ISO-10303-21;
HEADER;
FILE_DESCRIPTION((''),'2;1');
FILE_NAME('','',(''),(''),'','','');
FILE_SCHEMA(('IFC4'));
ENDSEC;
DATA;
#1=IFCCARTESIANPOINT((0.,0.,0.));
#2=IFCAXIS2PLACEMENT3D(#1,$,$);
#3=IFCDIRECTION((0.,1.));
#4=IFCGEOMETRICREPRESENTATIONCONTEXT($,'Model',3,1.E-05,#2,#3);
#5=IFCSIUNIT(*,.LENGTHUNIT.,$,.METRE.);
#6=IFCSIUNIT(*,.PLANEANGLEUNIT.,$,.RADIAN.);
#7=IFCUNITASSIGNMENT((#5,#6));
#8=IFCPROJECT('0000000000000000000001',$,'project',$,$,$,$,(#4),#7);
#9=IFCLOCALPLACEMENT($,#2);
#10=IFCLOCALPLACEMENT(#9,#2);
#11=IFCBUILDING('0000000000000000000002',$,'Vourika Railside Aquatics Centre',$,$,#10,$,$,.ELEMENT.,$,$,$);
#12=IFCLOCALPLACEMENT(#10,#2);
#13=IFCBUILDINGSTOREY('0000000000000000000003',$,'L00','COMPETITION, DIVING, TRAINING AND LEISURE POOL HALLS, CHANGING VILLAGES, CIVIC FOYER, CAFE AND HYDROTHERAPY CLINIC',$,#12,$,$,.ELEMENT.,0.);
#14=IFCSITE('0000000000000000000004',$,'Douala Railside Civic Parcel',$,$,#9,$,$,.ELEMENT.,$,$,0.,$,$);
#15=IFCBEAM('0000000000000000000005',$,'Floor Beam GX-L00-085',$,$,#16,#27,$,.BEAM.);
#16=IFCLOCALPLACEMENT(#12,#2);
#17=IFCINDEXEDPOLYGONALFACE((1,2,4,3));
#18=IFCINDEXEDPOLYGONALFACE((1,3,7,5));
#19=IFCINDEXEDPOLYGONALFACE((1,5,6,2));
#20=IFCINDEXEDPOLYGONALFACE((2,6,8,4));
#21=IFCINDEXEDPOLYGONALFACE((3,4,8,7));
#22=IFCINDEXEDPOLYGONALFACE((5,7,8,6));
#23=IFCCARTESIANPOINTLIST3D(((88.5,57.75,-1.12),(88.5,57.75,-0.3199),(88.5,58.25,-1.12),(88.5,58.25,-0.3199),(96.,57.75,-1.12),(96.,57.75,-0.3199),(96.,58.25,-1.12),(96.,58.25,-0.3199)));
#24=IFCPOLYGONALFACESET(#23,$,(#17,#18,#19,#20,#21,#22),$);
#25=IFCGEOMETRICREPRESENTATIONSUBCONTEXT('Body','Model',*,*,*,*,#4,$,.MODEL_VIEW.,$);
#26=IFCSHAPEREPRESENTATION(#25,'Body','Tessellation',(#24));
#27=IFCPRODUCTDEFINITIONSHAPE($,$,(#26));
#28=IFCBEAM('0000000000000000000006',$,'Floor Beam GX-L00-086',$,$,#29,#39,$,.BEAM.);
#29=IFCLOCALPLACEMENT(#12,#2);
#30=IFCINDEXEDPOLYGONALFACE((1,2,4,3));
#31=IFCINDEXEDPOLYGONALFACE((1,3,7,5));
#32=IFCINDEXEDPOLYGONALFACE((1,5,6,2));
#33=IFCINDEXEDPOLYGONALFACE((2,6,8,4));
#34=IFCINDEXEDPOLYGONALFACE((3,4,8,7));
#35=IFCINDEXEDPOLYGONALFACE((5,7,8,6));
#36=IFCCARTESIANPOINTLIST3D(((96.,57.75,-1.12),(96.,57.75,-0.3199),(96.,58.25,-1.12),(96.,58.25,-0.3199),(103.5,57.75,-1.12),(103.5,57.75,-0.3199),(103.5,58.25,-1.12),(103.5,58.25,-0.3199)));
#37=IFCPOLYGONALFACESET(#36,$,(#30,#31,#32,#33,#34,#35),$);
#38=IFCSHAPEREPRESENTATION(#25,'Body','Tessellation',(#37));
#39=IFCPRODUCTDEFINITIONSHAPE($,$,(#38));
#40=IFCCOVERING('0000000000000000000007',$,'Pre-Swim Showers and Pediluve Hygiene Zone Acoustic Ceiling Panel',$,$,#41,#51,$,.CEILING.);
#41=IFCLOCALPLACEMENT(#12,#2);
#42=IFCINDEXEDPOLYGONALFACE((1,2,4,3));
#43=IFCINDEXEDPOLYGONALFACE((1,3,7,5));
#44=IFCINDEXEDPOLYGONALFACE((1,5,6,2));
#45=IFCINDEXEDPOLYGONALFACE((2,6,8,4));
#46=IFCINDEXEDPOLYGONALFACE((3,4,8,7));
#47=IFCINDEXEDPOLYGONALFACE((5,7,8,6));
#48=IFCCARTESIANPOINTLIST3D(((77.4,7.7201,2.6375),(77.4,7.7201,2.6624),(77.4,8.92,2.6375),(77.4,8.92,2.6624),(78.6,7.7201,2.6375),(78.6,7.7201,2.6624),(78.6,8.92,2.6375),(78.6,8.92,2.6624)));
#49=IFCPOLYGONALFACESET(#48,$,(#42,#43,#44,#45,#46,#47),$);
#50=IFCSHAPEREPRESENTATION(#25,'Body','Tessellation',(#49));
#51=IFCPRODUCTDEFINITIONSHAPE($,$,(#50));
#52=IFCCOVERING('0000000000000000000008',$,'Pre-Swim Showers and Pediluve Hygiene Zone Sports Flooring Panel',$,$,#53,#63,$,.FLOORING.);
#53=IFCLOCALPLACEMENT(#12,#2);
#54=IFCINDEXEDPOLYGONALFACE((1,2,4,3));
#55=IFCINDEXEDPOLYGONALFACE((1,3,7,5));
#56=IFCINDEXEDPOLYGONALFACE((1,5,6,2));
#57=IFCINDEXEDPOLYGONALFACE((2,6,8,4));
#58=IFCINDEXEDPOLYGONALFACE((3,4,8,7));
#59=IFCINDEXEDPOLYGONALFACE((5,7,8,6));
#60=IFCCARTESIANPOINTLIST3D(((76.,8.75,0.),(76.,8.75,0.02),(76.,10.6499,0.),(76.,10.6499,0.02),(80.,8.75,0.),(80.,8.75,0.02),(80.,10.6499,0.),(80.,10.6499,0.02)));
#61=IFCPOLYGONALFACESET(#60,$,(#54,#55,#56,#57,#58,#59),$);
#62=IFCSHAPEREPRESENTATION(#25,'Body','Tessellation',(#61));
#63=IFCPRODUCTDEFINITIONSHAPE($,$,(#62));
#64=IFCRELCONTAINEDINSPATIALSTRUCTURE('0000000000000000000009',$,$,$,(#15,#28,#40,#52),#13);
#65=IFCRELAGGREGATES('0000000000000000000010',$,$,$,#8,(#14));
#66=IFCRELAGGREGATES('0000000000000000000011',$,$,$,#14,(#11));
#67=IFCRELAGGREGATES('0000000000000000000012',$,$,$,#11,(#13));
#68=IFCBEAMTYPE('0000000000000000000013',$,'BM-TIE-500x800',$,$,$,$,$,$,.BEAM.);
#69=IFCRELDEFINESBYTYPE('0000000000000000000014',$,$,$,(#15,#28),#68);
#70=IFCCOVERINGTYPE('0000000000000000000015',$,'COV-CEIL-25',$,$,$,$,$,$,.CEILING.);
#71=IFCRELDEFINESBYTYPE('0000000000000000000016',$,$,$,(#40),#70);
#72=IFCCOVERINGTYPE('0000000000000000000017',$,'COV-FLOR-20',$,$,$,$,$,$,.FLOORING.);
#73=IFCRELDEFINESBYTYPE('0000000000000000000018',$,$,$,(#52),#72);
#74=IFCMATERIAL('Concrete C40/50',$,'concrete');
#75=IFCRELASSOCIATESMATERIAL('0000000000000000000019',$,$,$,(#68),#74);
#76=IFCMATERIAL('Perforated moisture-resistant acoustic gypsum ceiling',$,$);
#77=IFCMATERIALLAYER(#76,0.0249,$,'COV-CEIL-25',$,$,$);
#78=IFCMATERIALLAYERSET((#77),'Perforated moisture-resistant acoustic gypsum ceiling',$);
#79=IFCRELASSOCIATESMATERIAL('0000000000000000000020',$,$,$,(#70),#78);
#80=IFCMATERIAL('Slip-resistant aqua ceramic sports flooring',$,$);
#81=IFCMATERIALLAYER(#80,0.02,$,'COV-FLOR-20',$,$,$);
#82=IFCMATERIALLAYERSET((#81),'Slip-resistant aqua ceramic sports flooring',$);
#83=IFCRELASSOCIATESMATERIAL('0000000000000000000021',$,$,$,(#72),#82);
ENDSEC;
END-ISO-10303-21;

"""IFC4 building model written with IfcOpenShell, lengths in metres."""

from ifc_helpers import new_model, si_unit, direction, frame, origin, origin_2d, place, context, subcontext, project, spatial, rectangle, extrude, material, layer, layer_set, material_profile, profile_set, type_object, element, save


model = new_model("IFC4")

# Units and contexts
model_context = context("Model", 3, precision=1e-05, world=origin(), true_north=direction((0.0, 1.0)))
body_context = subcontext(model_context, "Body", "Model", "MODEL_VIEW")
ifc_project = project(units=[si_unit("LENGTHUNIT", "METRE"), si_unit("PLANEANGLEUNIT", "RADIAN")], contexts=[model_context])

# Site, building, storey
site_placement = place(None, origin())
site = spatial("IfcSite", under=ifc_project, at=site_placement, Name="Douala Railside Civic Parcel", CompositionType="ELEMENT", RefElevation=0.0)
building_placement = place(site_placement, origin())
building = spatial("IfcBuilding", under=site, at=building_placement, Name="Vourika Railside Aquatics Centre", CompositionType="ELEMENT")
storey_placement = place(building_placement, origin())
storey = spatial("IfcBuildingStorey", under=building, at=storey_placement, Name="L00", Description="COMPETITION, DIVING, TRAINING AND LEISURE POOL HALLS, CHANGING VILLAGES, CIVIC FOYER, CAFE AND HYDROTHERAPY CLINIC", CompositionType="ELEMENT", Elevation=0.0)

# Shared definitions
ifc_material_1 = material(Name="Concrete C40/50", Category="concrete")

# Beams
ifc_material_profile_1 = material_profile(ifc_material_1, rectangle(XDim=0.5, YDim=0.8, at=origin_2d()), Name="RC 500x800")
ifc_profile_set_1 = profile_set([ifc_material_profile_1], Name="Concrete C40/50")
beam_type_1 = type_object("IfcBeamType", Name="BM-TIE-500x800", PredefinedType="BEAM", material=ifc_profile_set_1)
for number, where, z_axis, x_axis, name in (
    (1, (88.5, 58.0, -0.72), (1.0, 0.0, 0.0), (0.0, 1.0, 0.0), "Floor Beam GX-L00-085"),
    (2, (96.0, 58.0, -0.72), (1.0, 0.0, 0.0), (0.0, 1.0, 0.0), "Floor Beam GX-L00-086"),
):
    element("IfcBeam", number, at=place(storey_placement, frame(where, z_axis=z_axis, x_axis=x_axis)), inside=storey, type_object=beam_type_1, Name=name, PredefinedType="BEAM", context=body_context, shape_type="SweptSolid", body=[
        extrude(rectangle(XDim=0.5, YDim=0.8, at=origin_2d()), origin(), (0.0, 0.0, 1.0), 7.5),
    ])

# Coverings
ifc_material_2 = material(Name="Perforated moisture-resistant acoustic gypsum ceiling")
ifc_layer_1 = layer(ifc_material_2, 0.0249, Name="COV-CEIL-25")
ifc_layer_set_1 = layer_set([ifc_layer_1], Name="Perforated moisture-resistant acoustic gypsum ceiling")
covering_type_1 = type_object("IfcCoveringType", Name="COV-CEIL-25", PredefinedType="CEILING", material=ifc_layer_set_1)
covering_1_placement = place(storey_placement, frame((78.0, 8.3201, 2.6375), z_axis=(0.0, 0.0, 1.0), x_axis=(1.0, 0.0, 0.0)))
element("IfcCovering", 3, at=covering_1_placement, inside=storey, type_object=covering_type_1, Name="Pre-Swim Showers and Pediluve Hygiene Zone Acoustic Ceiling Panel", PredefinedType="CEILING", context=body_context, shape_type="SweptSolid", body=[
    extrude(rectangle(XDim=1.2, YDim=1.2, at=origin_2d()), origin(), (0.0, 0.0, 1.0), 0.0249),
])
ifc_material_3 = material(Name="Slip-resistant aqua ceramic sports flooring")
ifc_layer_2 = layer(ifc_material_3, 0.02, Name="COV-FLOR-20")
ifc_layer_set_2 = layer_set([ifc_layer_2], Name="Slip-resistant aqua ceramic sports flooring")
covering_type_2 = type_object("IfcCoveringType", Name="COV-FLOR-20", PredefinedType="FLOORING", material=ifc_layer_set_2)
covering_2_placement = place(storey_placement, frame((78.0, 9.7, 0.0), z_axis=(0.0, 0.0, 1.0), x_axis=(1.0, 0.0, 0.0)))
element("IfcCovering", 4, at=covering_2_placement, inside=storey, type_object=covering_type_2, Name="Pre-Swim Showers and Pediluve Hygiene Zone Sports Flooring Panel", PredefinedType="FLOORING", context=body_context, shape_type="SweptSolid", body=[
    extrude(rectangle(XDim=4.0, YDim=1.8999, at=origin_2d()), origin(), (0.0, 0.0, 1.0), 0.02),
])

save(model, "model.ifc")
